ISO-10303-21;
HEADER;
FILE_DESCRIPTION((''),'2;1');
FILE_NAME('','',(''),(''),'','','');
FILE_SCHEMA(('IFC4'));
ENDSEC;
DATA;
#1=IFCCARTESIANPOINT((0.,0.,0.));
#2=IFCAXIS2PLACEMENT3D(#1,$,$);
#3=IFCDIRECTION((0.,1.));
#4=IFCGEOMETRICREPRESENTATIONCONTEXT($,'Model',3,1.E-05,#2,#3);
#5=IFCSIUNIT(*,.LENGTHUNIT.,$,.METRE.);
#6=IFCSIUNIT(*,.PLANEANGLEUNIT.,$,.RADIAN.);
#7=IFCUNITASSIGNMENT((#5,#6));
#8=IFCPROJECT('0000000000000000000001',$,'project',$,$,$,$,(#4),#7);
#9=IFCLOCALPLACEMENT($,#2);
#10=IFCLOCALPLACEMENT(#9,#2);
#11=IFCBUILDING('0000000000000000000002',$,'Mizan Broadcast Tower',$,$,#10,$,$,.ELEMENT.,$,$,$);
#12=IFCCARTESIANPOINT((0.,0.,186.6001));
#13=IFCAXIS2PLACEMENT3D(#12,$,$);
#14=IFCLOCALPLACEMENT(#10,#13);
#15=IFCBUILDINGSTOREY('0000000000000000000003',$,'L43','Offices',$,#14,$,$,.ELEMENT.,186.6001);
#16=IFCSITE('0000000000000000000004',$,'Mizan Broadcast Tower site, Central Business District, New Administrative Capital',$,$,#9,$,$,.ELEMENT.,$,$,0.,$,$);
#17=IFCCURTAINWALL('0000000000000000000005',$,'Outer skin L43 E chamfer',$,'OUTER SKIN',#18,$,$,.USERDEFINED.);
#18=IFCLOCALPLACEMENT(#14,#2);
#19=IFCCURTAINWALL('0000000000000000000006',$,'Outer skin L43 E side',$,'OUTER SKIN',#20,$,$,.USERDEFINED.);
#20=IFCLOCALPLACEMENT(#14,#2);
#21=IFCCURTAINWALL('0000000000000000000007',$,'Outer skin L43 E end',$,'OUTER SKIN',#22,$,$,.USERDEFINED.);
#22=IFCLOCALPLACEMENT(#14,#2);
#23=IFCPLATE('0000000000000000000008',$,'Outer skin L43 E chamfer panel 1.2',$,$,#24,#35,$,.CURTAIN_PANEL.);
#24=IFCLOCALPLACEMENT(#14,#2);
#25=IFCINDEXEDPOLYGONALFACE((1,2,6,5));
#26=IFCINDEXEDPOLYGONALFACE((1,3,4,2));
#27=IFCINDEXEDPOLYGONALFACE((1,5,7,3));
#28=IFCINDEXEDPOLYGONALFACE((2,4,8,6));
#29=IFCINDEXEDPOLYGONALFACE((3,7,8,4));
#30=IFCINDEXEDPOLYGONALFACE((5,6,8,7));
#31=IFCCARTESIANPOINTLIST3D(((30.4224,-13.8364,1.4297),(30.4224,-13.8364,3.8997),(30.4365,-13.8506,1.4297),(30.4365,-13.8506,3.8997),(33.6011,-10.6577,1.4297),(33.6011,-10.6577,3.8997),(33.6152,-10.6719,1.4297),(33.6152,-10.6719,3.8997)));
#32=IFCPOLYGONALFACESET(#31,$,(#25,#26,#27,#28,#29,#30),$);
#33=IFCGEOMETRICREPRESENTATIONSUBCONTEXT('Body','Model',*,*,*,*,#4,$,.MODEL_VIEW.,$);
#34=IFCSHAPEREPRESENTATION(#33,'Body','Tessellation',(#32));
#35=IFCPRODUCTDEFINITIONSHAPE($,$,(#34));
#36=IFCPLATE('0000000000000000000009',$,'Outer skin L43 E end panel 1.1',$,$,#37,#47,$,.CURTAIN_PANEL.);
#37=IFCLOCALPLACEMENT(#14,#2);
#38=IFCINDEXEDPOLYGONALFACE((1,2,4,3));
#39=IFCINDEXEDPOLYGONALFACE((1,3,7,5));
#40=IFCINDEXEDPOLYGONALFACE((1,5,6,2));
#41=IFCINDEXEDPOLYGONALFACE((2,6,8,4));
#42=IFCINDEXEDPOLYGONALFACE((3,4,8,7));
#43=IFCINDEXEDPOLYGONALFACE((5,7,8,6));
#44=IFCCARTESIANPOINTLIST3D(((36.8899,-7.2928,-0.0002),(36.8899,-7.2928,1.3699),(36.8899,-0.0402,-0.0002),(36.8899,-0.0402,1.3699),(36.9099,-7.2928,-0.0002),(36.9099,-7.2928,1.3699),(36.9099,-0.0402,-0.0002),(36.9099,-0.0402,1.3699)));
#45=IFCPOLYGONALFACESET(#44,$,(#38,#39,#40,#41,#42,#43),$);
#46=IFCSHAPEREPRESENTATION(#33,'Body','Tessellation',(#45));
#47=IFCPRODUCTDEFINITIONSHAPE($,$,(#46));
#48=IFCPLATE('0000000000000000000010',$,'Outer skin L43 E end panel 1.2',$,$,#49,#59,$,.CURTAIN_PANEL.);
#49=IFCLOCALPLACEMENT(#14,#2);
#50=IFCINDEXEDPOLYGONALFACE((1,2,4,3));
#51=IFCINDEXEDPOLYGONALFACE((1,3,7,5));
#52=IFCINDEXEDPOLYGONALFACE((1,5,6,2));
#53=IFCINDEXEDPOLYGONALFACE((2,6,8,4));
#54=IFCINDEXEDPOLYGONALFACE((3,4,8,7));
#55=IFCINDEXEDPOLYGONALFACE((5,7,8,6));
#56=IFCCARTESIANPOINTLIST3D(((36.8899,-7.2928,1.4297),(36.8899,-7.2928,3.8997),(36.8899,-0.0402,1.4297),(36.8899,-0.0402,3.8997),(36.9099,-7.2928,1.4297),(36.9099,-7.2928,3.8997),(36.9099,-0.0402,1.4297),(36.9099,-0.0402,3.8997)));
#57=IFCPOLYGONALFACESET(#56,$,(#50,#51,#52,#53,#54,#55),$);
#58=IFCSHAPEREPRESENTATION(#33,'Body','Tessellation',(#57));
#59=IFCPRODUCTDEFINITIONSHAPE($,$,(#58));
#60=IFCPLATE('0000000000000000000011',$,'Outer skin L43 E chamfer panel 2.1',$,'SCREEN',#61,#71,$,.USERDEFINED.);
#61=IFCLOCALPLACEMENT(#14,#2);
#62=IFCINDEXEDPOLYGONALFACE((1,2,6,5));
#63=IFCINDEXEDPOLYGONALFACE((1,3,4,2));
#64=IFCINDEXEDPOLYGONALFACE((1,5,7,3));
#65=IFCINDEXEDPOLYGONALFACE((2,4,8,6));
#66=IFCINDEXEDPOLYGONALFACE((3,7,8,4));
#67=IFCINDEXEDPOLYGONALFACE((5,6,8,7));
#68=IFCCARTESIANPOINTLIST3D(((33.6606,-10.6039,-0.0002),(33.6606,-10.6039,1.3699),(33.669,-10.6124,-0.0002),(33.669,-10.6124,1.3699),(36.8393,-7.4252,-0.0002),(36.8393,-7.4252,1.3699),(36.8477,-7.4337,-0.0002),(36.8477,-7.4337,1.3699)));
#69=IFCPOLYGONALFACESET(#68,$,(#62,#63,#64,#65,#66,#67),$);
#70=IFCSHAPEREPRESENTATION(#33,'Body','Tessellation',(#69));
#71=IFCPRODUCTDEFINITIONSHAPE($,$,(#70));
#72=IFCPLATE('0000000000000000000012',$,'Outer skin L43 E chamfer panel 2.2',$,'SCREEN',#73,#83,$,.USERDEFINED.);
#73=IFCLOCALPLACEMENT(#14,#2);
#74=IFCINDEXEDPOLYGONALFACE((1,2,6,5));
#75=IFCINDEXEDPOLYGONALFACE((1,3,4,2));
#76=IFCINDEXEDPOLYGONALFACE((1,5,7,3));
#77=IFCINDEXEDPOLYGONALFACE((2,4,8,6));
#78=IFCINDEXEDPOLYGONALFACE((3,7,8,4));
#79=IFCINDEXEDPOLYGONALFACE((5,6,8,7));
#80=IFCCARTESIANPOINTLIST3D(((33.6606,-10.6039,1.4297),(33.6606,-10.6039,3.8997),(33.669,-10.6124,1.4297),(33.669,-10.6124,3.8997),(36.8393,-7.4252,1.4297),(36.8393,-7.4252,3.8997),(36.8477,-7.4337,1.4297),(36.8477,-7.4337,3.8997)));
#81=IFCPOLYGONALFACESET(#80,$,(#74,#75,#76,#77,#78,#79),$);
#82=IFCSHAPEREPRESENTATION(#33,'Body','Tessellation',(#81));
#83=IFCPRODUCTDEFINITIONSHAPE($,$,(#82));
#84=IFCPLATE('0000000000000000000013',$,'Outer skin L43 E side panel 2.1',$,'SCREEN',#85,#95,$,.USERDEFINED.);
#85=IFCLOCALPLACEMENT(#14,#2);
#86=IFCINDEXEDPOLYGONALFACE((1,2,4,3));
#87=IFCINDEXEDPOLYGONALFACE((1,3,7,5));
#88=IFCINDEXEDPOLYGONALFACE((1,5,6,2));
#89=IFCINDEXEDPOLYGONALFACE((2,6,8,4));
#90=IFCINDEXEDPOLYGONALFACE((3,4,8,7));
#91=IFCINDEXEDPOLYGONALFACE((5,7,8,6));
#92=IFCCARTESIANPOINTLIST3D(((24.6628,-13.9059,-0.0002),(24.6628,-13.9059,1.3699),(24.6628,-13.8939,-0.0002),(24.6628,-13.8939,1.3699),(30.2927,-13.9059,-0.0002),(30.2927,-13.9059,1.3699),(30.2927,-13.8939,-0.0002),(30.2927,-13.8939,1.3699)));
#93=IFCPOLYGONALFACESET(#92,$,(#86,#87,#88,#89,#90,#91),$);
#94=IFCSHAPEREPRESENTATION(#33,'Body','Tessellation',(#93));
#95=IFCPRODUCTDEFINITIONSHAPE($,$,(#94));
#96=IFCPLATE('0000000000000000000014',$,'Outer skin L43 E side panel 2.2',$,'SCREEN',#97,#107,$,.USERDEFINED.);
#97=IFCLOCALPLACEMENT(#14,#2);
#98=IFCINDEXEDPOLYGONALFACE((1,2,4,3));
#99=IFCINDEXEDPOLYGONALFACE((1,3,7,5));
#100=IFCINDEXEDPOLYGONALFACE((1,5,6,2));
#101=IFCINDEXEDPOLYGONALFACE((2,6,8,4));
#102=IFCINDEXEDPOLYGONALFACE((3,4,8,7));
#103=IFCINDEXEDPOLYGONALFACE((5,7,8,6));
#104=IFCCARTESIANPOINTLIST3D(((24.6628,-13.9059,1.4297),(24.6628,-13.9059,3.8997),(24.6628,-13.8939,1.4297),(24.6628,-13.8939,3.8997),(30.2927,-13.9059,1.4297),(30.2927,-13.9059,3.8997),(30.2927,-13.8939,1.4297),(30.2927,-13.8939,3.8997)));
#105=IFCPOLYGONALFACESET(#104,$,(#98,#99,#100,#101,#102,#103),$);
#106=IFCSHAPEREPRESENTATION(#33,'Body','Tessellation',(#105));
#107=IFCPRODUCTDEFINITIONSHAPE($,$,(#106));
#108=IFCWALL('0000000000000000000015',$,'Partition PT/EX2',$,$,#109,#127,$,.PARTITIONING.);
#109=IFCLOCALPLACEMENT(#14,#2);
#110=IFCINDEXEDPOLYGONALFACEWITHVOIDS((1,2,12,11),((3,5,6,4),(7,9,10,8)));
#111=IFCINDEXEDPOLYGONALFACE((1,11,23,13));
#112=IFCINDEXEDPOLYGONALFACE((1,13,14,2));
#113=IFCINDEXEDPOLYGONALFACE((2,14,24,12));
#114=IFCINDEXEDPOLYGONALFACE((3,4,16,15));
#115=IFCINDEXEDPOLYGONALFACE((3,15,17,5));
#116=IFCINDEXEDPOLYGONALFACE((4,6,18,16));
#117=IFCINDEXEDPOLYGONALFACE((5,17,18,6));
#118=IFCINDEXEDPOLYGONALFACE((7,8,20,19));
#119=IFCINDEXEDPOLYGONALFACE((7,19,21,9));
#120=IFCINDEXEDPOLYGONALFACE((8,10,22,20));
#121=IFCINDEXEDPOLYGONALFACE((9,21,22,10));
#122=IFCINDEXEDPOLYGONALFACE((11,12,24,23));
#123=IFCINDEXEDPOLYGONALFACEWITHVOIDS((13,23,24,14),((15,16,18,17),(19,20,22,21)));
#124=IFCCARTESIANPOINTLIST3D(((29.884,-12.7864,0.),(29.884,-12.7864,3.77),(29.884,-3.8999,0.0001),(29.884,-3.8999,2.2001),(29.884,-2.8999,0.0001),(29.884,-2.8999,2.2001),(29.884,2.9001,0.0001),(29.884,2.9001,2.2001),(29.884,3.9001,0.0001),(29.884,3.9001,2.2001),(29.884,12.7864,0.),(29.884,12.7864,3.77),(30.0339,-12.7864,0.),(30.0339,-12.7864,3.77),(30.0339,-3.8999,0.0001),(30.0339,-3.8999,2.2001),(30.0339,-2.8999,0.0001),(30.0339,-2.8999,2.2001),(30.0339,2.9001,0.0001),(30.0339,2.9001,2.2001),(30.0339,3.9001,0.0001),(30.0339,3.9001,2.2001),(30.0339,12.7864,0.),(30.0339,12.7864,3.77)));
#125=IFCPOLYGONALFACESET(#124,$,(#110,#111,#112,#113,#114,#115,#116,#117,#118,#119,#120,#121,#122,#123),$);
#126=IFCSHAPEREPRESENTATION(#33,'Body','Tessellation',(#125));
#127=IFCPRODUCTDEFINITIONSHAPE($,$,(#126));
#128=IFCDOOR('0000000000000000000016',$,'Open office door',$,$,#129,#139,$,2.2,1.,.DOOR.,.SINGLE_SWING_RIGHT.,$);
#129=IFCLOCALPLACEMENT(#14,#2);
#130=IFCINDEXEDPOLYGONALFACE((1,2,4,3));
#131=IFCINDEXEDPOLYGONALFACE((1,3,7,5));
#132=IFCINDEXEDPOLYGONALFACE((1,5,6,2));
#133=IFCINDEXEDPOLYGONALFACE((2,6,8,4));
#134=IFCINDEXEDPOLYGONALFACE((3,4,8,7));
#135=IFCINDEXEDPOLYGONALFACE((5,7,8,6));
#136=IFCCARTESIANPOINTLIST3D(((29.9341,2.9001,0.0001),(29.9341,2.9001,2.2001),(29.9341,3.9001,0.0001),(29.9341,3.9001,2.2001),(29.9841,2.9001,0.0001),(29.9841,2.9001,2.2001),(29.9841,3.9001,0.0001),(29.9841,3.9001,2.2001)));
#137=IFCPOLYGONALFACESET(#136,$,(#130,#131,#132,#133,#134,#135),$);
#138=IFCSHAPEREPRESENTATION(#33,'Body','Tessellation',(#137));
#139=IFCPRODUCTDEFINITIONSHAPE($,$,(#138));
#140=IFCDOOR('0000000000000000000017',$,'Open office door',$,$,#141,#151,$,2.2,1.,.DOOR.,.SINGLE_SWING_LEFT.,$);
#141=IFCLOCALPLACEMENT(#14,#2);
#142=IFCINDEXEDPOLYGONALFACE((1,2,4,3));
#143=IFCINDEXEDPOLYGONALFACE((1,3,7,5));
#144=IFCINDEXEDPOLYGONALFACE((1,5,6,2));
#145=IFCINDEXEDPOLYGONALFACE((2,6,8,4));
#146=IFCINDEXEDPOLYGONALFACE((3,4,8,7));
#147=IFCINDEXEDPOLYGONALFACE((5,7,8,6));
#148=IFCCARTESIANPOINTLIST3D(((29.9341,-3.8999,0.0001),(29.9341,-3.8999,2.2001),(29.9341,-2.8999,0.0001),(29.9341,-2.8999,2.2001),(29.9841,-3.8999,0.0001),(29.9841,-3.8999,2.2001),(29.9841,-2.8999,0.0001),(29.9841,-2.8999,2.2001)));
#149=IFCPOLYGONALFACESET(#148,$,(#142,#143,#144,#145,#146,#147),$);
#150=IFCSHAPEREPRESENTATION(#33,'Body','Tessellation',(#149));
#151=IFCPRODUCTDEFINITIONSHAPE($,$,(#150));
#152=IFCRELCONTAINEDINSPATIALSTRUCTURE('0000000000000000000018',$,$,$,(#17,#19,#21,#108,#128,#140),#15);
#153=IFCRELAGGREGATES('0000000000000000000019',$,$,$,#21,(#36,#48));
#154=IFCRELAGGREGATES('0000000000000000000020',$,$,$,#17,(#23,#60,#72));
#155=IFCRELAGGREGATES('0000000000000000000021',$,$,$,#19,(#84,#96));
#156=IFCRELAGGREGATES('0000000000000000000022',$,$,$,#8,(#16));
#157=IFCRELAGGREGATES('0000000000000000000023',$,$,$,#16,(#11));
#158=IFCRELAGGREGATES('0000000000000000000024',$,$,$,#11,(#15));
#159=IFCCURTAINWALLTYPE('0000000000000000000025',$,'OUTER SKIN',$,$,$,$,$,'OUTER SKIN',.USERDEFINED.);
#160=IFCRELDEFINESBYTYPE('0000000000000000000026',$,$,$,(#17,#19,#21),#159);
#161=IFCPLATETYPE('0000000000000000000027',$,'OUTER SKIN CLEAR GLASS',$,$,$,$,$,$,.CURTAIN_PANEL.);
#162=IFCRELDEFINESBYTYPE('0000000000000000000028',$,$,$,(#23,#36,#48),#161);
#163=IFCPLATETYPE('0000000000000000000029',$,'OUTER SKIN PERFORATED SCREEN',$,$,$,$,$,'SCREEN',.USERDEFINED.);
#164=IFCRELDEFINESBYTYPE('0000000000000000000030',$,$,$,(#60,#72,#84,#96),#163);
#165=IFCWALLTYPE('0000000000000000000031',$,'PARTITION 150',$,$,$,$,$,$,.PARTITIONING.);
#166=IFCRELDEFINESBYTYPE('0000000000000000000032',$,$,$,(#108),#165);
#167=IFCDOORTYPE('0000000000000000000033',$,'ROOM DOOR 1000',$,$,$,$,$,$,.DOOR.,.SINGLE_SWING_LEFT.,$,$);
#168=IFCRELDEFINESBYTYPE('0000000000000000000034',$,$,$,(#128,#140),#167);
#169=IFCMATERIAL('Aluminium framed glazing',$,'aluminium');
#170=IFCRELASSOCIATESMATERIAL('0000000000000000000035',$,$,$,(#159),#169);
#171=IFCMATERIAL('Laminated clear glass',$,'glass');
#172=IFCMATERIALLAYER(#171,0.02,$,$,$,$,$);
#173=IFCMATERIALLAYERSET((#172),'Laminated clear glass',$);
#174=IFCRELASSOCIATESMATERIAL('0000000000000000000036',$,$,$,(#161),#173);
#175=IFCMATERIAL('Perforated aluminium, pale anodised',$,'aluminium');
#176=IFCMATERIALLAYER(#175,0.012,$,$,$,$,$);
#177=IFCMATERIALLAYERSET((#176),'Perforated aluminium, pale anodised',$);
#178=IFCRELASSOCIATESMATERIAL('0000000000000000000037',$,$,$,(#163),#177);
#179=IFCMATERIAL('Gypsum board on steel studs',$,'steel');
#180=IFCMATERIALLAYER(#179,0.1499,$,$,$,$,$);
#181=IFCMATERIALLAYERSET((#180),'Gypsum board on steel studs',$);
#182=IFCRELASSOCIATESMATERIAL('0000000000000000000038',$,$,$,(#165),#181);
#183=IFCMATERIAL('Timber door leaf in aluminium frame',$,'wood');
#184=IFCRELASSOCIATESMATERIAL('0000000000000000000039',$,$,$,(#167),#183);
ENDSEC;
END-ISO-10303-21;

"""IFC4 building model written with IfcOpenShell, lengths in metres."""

from ifc_helpers import new_model, si_unit, direction, frame, frame_2d, origin, origin_2d, place, context, subcontext, project, spatial, rectangle, extrude, material, layer, layer_set, type_object, element, fill, aggregate, save


model = new_model("IFC4")

# Units and contexts
model_context = context("Model", 3, precision=1e-05, world=origin(), true_north=direction((0.0, 1.0)))
body_context = subcontext(model_context, "Body", "Model", "MODEL_VIEW")
ifc_project = project(units=[si_unit("LENGTHUNIT", "METRE"), si_unit("PLANEANGLEUNIT", "RADIAN")], contexts=[model_context])

# Site, building, storey
site_placement = place(None, origin())
site = spatial("IfcSite", under=ifc_project, at=site_placement, Name="Mizan Broadcast Tower site, Central Business District, New Administrative Capital", CompositionType="ELEMENT", RefElevation=0.0)
building_placement = place(site_placement, origin())
building = spatial("IfcBuilding", under=site, at=building_placement, Name="Mizan Broadcast Tower", CompositionType="ELEMENT")
storey_placement = place(building_placement, frame((0.0, 0.0, 186.6001)))
storey = spatial("IfcBuildingStorey", under=building, at=storey_placement, Name="L43", Description="Offices", CompositionType="ELEMENT", Elevation=186.6001)

# Curtain wall
ifc_material_1 = material(Name="Aluminium framed glazing", Category="aluminium")
curtain_wall_type_1 = type_object("IfcCurtainWallType", Name="OUTER SKIN", ElementType="OUTER SKIN", PredefinedType="USERDEFINED", material=ifc_material_1)
curtain_wall_1_placement = place(storey_placement, origin())
curtain_wall_1 = element("IfcCurtainWall", 1, at=curtain_wall_1_placement, inside=storey, type_object=curtain_wall_type_1, Name="Outer skin L43 E chamfer", ObjectType="OUTER SKIN", PredefinedType="USERDEFINED")

# Curtain wall
curtain_wall_2_placement = place(storey_placement, origin())
curtain_wall_2 = element("IfcCurtainWall", 2, at=curtain_wall_2_placement, inside=storey, type_object=curtain_wall_type_1, Name="Outer skin L43 E side", ObjectType="OUTER SKIN", PredefinedType="USERDEFINED")

# Curtain wall
curtain_wall_3_placement = place(storey_placement, origin())
curtain_wall_3 = element("IfcCurtainWall", 3, at=curtain_wall_3_placement, inside=storey, type_object=curtain_wall_type_1, Name="Outer skin L43 E end", ObjectType="OUTER SKIN", PredefinedType="USERDEFINED")

# Plates
ifc_material_2 = material(Name="Laminated clear glass", Category="glass")
ifc_layer_1 = layer(ifc_material_2, 0.02)
ifc_layer_set_1 = layer_set([ifc_layer_1], Name="Laminated clear glass")
plate_type_1 = type_object("IfcPlateType", Name="OUTER SKIN CLEAR GLASS", PredefinedType="CURTAIN_PANEL", material=ifc_layer_set_1)
plate_1_placement = place(storey_placement, frame((32.0188, -12.2542, 1.4297), z_axis=(0.0, 0.0, 1.0), x_axis=(0.707107, 0.707107, 0.0)))
plate_1 = element("IfcPlate", 4, at=plate_1_placement, type_object=plate_type_1, Name="Outer skin L43 E chamfer panel 1.2", PredefinedType="CURTAIN_PANEL", context=body_context, shape_type="SweptSolid", body=[
    extrude(rectangle(XDim=4.4954, YDim=0.02, at=origin_2d()), origin(), (0.0, 0.0, 1.0), 2.47),
])
plate_2_placement = place(storey_placement, frame((36.8999, -3.6665, -0.0002), z_axis=(0.0, 0.0, 1.0), x_axis=(0.0, 1.0, 0.0)))
plate_2 = element("IfcPlate", 5, at=plate_2_placement, type_object=plate_type_1, Name="Outer skin L43 E end panel 1.1", PredefinedType="CURTAIN_PANEL", context=body_context, shape_type="SweptSolid", body=[
    extrude(rectangle(XDim=7.2527, YDim=0.02, at=origin_2d()), origin(), (0.0, 0.0, 1.0), 1.3701),
])
plate_3_placement = place(storey_placement, frame((36.8999, -3.6665, 1.4297), z_axis=(0.0, 0.0, 1.0), x_axis=(0.0, 1.0, 0.0)))
plate_3 = element("IfcPlate", 6, at=plate_3_placement, type_object=plate_type_1, Name="Outer skin L43 E end panel 1.2", PredefinedType="CURTAIN_PANEL", context=body_context, shape_type="SweptSolid", body=[
    extrude(rectangle(XDim=7.2527, YDim=0.02, at=origin_2d()), origin(), (0.0, 0.0, 1.0), 2.47),
])
aggregate(curtain_wall_3, [plate_2, plate_3])
ifc_material_3 = material(Name="Perforated aluminium, pale anodised", Category="aluminium")
ifc_layer_2 = layer(ifc_material_3, 0.012)
ifc_layer_set_2 = layer_set([ifc_layer_2], Name="Perforated aluminium, pale anodised")
plate_type_2 = type_object("IfcPlateType", Name="OUTER SKIN PERFORATED SCREEN", ElementType="SCREEN", PredefinedType="USERDEFINED", material=ifc_layer_set_2)
plate_4_placement = place(storey_placement, frame((35.2542, -9.0188, -0.0002), z_axis=(0.0, 0.0, 1.0), x_axis=(0.707107, 0.707107, 0.0)))
plate_4 = element("IfcPlate", 7, at=plate_4_placement, type_object=plate_type_2, Name="Outer skin L43 E chamfer panel 2.1", ObjectType="SCREEN", PredefinedType="USERDEFINED", context=body_context, shape_type="SweptSolid", body=[
    extrude(rectangle(XDim=4.4954, YDim=0.012, at=origin_2d()), origin(), (0.0, 0.0, 1.0), 1.3701),
])
plate_5_placement = place(storey_placement, frame((35.2542, -9.0188, 1.4297), z_axis=(0.0, 0.0, 1.0), x_axis=(0.707107, 0.707107, 0.0)))
plate_5 = element("IfcPlate", 8, at=plate_5_placement, type_object=plate_type_2, Name="Outer skin L43 E chamfer panel 2.2", ObjectType="SCREEN", PredefinedType="USERDEFINED", context=body_context, shape_type="SweptSolid", body=[
    extrude(rectangle(XDim=4.4954, YDim=0.012, at=origin_2d()), origin(), (0.0, 0.0, 1.0), 2.47),
])
aggregate(curtain_wall_1, [plate_1, plate_4, plate_5])
plate_6_placement = place(storey_placement, frame((27.4778, -13.8999, -0.0002), z_axis=(0.0, 0.0, 1.0), x_axis=(1.0, 0.0, 0.0)))
plate_6 = element("IfcPlate", 9, at=plate_6_placement, type_object=plate_type_2, Name="Outer skin L43 E side panel 2.1", ObjectType="SCREEN", PredefinedType="USERDEFINED", context=body_context, shape_type="SweptSolid", body=[
    extrude(rectangle(XDim=5.6299, YDim=0.012, at=origin_2d()), origin(), (0.0, 0.0, 1.0), 1.3701),
])
plate_7_placement = place(storey_placement, frame((27.4778, -13.8999, 1.4297), z_axis=(0.0, 0.0, 1.0), x_axis=(1.0, 0.0, 0.0)))
plate_7 = element("IfcPlate", 10, at=plate_7_placement, type_object=plate_type_2, Name="Outer skin L43 E side panel 2.2", ObjectType="SCREEN", PredefinedType="USERDEFINED", context=body_context, shape_type="SweptSolid", body=[
    extrude(rectangle(XDim=5.6299, YDim=0.012, at=origin_2d()), origin(), (0.0, 0.0, 1.0), 2.47),
])
aggregate(curtain_wall_2, [plate_6, plate_7])

# Wall, openings, doors
ifc_material_4 = material(Name="Gypsum board on steel studs", Category="steel")
ifc_layer_3 = layer(ifc_material_4, 0.1499)
ifc_layer_set_3 = layer_set([ifc_layer_3], Name="Gypsum board on steel studs")
wall_type = type_object("IfcWallType", Name="PARTITION 150", PredefinedType="PARTITIONING", material=ifc_layer_set_3)
wall_placement = place(storey_placement, frame((29.959, -12.7864, 0.0), z_axis=(0.0, 0.0, 1.0), x_axis=(0.0, 1.0, 0.0)))
wall = element("IfcWall", 11, at=wall_placement, inside=storey, type_object=wall_type, Name="Partition PT/EX2", PredefinedType="PARTITIONING", context=body_context, shape_type="SweptSolid", body=[
    extrude(rectangle(XDim=25.5728, YDim=0.1499, at=frame_2d((12.7864, 0.0))), origin(), (0.0, 0.0, 1.0), 3.77),
])
opening_1_placement = place(wall_placement, frame((15.6865, 0.0, 0.0)))
opening_1 = element("IfcOpeningElement", 12, at=opening_1_placement, cuts=wall, PredefinedType="OPENING", context=body_context, shape_type="SweptSolid", body=[
    extrude(rectangle(XDim=1.0, YDim=2.2, at=frame_2d((0.5, 1.1001))), frame((0.0, 0.085, 0.0), z_axis=(0.0, -1.0, 0.0), x_axis=(1.0, 0.0, 0.0)), (0.0, 0.0, 1.0), 0.1699),
])
opening_2_placement = place(wall_placement, frame((8.8865, 0.0, 0.0)))
opening_2 = element("IfcOpeningElement", 13, at=opening_2_placement, cuts=wall, PredefinedType="OPENING", context=body_context, shape_type="SweptSolid", body=[
    extrude(rectangle(XDim=1.0, YDim=2.2, at=frame_2d((0.5, 1.1001))), frame((0.0, 0.085, 0.0), z_axis=(0.0, -1.0, 0.0), x_axis=(1.0, 0.0, 0.0)), (0.0, 0.0, 1.0), 0.1699),
])
ifc_material_5 = material(Name="Timber door leaf in aluminium frame", Category="wood")
door_type = type_object("IfcDoorType", Name="ROOM DOOR 1000", OperationType="SINGLE_SWING_LEFT", PredefinedType="DOOR", material=ifc_material_5)
door_1_placement = place(opening_1_placement, origin())
door_1 = element("IfcDoor", 14, at=door_1_placement, inside=storey, type_object=door_type, Name="Open office door", OperationType="SINGLE_SWING_RIGHT", OverallHeight=2.2, OverallWidth=1.0, PredefinedType="DOOR", context=body_context, shape_type="SweptSolid", body=[
    extrude(rectangle(XDim=1.0, YDim=2.2, at=frame_2d((0.5, 1.1001))), frame((0.0, 0.0249, 0.0), z_axis=(0.0, -1.0, 0.0), x_axis=(1.0, 0.0, 0.0)), (0.0, 0.0, 1.0), 0.05),
])
fill(opening_1, door_1)
door_2_placement = place(opening_2_placement, origin())
door_2 = element("IfcDoor", 15, at=door_2_placement, inside=storey, type_object=door_type, Name="Open office door", OperationType="SINGLE_SWING_LEFT", OverallHeight=2.2, OverallWidth=1.0, PredefinedType="DOOR", context=body_context, shape_type="SweptSolid", body=[
    extrude(rectangle(XDim=1.0, YDim=2.2, at=frame_2d((0.5, 1.1001))), frame((0.0, 0.0249, 0.0), z_axis=(0.0, -1.0, 0.0), x_axis=(1.0, 0.0, 0.0)), (0.0, 0.0, 1.0), 0.05),
])
fill(opening_2, door_2)

save(model, "model.ifc")
